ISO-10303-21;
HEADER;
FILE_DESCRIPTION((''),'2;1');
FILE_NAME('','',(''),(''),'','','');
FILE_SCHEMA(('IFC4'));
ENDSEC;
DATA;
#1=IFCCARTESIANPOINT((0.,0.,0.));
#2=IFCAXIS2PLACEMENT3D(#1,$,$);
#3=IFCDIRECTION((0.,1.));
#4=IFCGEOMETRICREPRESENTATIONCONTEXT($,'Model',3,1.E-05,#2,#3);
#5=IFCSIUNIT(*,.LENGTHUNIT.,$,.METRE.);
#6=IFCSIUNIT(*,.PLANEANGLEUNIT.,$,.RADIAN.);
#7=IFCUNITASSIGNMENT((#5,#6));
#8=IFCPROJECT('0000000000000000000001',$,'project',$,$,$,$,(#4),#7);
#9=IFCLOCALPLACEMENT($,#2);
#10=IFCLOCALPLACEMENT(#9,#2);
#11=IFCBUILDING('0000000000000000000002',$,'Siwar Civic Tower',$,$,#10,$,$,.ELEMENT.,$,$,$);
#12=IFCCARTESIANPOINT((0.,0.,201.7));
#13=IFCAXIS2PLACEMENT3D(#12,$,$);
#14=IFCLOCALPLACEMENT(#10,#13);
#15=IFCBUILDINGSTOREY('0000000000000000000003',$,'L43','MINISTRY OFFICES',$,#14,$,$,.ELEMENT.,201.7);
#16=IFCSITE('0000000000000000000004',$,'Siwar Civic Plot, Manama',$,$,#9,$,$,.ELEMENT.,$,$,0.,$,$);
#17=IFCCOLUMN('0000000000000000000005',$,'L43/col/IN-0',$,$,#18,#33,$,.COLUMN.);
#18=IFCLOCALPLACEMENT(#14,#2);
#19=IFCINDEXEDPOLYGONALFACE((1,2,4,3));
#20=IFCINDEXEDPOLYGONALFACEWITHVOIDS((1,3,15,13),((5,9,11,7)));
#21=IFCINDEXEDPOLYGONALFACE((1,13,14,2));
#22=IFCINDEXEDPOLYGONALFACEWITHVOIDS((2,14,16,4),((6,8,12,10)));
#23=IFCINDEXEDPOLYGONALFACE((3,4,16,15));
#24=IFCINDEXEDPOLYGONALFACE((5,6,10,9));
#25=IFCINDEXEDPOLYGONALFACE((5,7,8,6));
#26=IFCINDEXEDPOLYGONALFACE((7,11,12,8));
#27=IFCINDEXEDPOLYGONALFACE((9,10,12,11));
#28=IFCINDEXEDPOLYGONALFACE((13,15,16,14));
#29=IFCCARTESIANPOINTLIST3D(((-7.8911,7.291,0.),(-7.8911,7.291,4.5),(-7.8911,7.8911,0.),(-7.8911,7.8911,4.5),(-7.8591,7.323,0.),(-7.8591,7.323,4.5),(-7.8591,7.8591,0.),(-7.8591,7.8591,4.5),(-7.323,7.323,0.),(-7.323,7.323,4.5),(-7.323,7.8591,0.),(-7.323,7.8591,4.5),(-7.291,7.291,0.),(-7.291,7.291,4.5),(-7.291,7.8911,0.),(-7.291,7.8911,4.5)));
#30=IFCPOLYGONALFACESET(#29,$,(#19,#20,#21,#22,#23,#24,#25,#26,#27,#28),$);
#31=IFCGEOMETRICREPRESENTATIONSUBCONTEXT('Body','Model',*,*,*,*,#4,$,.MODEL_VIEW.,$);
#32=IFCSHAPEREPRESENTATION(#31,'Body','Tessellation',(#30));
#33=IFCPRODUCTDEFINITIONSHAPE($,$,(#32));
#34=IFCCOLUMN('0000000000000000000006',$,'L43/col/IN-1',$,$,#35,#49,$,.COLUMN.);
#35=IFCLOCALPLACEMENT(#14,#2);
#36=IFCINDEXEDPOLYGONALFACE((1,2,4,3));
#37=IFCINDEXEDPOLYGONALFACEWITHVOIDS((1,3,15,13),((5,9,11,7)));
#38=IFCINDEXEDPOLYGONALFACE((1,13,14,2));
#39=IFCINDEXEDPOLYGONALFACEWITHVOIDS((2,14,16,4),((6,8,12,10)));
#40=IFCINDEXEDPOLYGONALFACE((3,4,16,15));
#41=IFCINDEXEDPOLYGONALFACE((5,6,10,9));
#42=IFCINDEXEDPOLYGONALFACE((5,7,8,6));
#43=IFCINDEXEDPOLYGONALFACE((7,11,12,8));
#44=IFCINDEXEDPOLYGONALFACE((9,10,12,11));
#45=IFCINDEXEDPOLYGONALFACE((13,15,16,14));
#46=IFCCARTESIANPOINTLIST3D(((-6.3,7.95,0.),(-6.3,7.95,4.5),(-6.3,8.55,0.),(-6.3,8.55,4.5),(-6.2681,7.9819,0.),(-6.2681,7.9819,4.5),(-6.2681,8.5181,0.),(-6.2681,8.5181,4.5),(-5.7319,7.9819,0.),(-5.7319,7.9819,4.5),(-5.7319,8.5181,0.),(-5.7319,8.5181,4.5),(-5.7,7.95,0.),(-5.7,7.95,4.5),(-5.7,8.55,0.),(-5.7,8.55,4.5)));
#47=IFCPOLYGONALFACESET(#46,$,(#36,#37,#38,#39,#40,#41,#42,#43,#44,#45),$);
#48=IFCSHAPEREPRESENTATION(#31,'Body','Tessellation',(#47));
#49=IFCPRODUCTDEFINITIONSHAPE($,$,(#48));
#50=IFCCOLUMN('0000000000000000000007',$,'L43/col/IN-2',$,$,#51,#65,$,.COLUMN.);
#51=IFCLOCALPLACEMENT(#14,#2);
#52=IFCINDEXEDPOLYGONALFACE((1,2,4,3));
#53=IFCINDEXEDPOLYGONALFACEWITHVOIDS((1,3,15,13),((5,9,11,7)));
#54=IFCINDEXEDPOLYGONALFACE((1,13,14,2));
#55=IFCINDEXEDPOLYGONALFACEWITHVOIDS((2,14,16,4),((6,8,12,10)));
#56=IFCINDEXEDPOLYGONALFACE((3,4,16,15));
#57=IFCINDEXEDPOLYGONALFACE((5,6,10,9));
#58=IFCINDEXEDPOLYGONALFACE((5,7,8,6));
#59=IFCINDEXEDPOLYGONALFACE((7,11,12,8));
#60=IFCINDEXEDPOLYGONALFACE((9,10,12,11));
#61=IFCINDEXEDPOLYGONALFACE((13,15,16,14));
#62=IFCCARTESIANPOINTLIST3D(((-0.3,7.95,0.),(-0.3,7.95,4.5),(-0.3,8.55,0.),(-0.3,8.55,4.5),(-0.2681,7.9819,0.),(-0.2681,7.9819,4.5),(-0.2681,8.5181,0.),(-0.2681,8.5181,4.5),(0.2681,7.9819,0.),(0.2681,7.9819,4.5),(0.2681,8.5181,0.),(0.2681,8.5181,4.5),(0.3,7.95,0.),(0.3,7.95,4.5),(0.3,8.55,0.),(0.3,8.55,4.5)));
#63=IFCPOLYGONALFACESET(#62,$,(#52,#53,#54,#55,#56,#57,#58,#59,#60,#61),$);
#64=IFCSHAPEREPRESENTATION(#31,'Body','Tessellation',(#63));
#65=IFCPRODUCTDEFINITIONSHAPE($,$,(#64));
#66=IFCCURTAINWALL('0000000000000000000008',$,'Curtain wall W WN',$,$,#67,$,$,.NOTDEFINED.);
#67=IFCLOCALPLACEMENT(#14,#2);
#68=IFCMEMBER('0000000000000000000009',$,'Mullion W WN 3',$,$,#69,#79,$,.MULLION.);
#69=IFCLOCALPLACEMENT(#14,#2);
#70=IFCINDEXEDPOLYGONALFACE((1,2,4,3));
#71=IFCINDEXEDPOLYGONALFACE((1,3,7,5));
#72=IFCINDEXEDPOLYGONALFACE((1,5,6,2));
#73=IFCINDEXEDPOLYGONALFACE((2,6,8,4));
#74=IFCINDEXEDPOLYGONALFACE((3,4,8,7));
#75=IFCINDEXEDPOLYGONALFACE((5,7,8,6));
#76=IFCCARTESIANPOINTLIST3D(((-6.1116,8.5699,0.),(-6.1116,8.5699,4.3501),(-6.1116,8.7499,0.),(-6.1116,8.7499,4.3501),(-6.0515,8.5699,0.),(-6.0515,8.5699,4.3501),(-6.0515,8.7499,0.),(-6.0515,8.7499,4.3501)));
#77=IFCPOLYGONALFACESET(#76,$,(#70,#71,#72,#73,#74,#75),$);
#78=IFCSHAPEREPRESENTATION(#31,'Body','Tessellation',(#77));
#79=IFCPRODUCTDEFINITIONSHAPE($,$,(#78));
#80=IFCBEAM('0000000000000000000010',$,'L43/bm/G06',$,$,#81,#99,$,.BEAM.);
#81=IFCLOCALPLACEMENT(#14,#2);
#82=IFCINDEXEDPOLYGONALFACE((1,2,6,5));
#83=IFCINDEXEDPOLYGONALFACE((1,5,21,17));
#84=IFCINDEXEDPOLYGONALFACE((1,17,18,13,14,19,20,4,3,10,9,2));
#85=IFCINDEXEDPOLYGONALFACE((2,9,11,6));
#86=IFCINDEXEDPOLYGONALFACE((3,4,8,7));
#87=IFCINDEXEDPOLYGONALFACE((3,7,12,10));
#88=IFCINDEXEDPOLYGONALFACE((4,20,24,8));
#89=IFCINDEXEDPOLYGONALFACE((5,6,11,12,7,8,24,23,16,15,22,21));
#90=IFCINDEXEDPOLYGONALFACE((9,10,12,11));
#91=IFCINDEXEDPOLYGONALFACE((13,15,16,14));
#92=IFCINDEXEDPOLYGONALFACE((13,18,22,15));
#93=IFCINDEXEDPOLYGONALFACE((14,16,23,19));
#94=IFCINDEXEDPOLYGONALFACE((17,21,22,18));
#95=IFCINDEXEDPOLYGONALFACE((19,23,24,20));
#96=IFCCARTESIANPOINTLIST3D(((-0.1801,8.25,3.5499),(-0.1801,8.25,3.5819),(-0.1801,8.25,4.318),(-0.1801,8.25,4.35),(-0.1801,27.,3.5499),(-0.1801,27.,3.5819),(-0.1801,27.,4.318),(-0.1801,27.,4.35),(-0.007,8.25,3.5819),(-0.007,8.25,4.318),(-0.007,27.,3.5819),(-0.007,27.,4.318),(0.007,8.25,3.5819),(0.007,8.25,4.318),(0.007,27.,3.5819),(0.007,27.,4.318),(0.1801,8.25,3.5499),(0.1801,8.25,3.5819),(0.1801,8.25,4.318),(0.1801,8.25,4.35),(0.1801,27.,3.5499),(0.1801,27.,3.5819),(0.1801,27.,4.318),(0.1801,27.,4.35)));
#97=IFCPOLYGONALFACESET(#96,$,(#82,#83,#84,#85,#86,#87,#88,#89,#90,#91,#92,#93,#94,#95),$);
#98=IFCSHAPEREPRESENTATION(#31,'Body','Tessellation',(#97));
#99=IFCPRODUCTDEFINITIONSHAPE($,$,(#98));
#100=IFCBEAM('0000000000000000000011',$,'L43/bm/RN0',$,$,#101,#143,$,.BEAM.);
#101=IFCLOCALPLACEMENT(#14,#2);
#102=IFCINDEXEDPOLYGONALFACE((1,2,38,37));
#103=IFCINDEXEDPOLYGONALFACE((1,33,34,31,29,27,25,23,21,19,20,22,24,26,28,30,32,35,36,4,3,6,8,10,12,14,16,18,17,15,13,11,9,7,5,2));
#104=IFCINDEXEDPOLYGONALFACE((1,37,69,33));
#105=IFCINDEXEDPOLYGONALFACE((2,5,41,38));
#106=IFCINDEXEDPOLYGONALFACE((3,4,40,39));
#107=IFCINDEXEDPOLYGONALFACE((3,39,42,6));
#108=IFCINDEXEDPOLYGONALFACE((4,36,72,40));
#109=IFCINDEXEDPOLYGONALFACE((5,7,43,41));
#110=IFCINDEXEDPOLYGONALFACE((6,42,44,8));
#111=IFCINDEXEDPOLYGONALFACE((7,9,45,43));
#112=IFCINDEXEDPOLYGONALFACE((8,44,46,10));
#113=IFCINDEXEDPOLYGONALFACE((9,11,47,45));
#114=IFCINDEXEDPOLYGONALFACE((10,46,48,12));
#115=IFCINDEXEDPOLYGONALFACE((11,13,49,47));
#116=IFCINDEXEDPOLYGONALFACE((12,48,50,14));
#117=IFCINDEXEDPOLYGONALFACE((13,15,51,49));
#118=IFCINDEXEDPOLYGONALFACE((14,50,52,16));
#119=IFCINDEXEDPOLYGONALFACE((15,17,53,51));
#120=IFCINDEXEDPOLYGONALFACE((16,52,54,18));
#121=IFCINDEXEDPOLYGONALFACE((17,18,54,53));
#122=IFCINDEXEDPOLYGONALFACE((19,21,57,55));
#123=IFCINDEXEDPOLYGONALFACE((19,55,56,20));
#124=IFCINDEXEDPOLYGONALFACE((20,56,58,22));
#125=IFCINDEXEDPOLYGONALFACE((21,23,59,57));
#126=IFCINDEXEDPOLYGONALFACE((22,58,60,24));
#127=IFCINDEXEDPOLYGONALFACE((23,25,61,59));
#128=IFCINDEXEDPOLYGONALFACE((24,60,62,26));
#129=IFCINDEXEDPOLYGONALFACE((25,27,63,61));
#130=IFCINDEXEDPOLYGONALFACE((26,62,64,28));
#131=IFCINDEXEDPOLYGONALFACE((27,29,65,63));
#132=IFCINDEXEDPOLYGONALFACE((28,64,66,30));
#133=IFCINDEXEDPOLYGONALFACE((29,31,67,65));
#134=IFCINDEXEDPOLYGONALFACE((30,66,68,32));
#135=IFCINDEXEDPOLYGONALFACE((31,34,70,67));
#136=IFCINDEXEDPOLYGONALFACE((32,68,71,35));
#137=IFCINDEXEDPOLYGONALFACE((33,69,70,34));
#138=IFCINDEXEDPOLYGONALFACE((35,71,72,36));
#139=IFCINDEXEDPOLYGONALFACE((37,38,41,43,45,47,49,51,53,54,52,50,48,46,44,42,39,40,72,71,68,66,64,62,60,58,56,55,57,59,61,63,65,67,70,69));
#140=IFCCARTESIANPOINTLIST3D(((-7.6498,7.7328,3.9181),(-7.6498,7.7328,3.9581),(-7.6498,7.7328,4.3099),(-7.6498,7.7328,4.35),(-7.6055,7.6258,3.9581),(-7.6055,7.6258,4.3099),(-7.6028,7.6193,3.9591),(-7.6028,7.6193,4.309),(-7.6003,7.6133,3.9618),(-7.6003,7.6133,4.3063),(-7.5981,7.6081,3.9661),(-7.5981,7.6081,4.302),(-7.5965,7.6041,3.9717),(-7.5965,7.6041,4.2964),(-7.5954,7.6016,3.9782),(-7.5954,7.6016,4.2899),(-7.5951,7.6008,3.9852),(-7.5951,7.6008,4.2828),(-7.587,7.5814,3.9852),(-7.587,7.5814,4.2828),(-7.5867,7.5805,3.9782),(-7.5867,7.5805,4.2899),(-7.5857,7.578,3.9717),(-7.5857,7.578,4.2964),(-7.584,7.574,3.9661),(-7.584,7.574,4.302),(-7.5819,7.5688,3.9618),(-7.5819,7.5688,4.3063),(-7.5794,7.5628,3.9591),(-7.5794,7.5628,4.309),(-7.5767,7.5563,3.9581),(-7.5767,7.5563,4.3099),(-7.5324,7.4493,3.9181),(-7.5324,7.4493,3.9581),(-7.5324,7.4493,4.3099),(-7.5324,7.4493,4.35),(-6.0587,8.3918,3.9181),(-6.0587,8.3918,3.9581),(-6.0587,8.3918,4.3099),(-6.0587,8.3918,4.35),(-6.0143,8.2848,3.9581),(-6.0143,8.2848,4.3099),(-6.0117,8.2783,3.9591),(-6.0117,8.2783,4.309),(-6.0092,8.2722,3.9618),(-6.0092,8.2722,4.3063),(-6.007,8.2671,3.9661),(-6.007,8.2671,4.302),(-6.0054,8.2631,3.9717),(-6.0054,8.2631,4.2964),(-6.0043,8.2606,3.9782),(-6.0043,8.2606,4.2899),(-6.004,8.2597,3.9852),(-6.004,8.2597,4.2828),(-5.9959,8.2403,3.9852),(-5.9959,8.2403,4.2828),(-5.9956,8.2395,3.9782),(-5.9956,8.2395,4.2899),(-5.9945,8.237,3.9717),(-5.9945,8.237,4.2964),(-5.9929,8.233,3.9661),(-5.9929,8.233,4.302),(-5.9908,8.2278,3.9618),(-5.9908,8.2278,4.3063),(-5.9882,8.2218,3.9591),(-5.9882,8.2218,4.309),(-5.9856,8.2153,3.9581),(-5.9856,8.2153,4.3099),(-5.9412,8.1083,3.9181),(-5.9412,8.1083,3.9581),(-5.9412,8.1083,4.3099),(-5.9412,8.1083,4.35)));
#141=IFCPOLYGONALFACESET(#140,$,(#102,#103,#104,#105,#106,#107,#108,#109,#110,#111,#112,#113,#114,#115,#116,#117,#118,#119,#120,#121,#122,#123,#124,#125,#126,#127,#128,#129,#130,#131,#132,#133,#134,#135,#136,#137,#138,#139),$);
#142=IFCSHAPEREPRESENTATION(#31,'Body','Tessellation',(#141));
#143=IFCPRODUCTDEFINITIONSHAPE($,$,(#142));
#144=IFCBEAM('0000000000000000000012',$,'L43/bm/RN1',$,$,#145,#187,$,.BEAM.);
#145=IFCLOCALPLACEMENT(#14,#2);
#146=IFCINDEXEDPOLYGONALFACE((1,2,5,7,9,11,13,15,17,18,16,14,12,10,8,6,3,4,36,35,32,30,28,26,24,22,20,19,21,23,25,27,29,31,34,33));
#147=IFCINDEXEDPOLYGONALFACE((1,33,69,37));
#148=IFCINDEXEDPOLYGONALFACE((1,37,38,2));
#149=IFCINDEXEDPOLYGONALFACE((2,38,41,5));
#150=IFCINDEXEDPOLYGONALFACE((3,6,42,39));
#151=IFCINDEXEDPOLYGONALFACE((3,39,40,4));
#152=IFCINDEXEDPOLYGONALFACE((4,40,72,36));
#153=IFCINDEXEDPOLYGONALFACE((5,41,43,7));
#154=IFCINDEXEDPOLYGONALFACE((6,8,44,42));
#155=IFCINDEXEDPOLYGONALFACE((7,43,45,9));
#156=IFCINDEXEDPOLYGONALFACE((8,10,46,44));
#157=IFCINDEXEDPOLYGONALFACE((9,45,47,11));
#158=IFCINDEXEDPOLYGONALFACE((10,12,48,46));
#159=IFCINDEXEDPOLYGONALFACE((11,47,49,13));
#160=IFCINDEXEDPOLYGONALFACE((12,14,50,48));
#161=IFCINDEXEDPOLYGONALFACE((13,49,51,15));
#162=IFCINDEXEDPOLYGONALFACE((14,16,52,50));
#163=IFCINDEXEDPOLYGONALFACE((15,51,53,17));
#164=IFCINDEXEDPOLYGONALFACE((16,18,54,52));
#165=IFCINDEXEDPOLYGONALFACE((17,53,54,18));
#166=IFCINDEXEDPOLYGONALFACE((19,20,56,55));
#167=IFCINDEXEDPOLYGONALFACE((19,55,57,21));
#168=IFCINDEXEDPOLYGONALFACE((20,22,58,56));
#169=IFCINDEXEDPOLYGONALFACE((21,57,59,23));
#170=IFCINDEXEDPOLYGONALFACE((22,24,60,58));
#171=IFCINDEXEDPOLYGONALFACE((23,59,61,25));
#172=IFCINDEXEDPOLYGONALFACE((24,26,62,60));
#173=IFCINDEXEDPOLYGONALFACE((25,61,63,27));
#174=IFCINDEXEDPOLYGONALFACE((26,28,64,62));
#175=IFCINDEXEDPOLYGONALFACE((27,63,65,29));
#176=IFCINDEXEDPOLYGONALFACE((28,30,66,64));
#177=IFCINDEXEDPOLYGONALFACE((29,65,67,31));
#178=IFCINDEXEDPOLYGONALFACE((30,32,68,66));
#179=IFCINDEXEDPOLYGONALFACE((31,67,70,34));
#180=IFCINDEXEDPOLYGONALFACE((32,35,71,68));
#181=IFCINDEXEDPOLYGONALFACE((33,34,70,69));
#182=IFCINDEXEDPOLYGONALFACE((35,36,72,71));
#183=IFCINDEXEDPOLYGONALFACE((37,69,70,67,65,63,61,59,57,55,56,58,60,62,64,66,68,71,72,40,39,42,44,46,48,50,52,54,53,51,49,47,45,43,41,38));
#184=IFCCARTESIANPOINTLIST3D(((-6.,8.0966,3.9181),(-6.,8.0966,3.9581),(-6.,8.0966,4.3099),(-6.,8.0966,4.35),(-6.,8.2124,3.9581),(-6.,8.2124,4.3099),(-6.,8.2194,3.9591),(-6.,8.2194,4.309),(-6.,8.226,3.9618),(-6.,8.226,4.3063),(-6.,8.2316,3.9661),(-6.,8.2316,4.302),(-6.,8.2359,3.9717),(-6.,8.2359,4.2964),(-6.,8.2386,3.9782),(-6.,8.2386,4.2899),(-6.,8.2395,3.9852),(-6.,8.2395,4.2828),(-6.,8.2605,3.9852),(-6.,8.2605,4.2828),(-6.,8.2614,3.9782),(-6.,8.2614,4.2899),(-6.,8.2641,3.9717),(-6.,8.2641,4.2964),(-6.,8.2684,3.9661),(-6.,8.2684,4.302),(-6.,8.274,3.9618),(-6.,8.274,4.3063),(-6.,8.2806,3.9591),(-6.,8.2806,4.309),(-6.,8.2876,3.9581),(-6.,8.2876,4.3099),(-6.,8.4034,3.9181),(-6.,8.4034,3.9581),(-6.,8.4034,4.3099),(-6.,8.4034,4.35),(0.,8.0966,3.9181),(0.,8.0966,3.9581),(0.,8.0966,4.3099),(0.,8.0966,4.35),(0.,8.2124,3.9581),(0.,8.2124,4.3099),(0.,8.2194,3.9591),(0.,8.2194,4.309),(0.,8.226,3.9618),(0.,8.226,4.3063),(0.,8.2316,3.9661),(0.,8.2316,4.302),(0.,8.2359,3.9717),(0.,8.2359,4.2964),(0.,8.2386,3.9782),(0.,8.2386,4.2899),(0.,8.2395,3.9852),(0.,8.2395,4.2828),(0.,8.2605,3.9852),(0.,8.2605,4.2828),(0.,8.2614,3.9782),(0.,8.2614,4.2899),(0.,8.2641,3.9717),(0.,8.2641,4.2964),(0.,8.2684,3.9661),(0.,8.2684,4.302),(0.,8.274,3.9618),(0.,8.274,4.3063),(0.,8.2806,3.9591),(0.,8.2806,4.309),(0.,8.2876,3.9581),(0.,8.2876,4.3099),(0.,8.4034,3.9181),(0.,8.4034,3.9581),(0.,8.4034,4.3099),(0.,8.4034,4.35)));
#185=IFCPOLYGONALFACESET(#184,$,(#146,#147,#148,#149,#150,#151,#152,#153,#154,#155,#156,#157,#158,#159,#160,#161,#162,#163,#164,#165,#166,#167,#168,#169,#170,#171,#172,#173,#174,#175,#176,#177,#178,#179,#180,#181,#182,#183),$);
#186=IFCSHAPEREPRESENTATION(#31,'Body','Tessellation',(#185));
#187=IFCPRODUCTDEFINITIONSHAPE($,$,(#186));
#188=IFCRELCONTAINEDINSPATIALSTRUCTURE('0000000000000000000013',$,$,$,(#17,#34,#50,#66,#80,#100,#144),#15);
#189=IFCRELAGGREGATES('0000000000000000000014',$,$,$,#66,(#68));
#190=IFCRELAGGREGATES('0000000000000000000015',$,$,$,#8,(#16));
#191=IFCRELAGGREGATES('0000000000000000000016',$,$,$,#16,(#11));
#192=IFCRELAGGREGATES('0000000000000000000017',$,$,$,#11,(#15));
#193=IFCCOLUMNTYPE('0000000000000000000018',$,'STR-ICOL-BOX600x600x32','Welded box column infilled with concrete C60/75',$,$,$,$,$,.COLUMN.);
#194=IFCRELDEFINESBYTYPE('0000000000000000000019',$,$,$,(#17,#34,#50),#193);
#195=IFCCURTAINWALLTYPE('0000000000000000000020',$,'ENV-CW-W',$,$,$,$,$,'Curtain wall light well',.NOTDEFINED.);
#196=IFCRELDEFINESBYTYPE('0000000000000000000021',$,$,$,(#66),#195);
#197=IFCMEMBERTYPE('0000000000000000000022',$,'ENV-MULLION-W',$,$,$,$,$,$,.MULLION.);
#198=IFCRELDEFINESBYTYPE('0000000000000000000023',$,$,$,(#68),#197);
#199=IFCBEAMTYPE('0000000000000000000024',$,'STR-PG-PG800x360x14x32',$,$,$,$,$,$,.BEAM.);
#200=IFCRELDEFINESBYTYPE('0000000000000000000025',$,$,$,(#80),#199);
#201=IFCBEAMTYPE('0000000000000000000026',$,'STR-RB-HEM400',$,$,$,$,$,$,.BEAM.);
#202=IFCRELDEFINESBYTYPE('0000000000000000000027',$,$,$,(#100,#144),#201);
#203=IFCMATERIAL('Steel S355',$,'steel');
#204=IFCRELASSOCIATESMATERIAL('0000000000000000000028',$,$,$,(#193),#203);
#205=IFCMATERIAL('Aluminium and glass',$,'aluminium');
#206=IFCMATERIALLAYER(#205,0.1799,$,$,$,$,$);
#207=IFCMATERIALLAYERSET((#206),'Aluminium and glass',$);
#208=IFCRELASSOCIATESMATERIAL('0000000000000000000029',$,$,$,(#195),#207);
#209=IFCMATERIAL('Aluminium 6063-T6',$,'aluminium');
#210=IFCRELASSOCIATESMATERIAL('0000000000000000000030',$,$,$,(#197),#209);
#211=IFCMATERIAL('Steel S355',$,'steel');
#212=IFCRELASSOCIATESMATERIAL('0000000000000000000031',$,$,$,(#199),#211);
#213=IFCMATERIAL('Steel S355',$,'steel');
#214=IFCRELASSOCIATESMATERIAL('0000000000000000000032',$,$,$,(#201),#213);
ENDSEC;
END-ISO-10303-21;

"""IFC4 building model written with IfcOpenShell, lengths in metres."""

from ifc_helpers import new_model, si_unit, direction, frame, origin, origin_2d, place, context, subcontext, project, spatial, rectangle, hollow_rectangle, i_section, extrude, material, layer, layer_set, material_profile, profile_set, type_object, element, aggregate, save


model = new_model("IFC4")

# Units and contexts
model_context = context("Model", 3, precision=1e-05, world=origin(), true_north=direction((0.0, 1.0)))
body_context = subcontext(model_context, "Body", "Model", "MODEL_VIEW")
ifc_project = project(units=[si_unit("LENGTHUNIT", "METRE"), si_unit("PLANEANGLEUNIT", "RADIAN")], contexts=[model_context])

# Site, building, storey
site_placement = place(None, origin())
site = spatial("IfcSite", under=ifc_project, at=site_placement, Name="Siwar Civic Plot, Manama", CompositionType="ELEMENT", RefElevation=0.0)
building_placement = place(site_placement, origin())
building = spatial("IfcBuilding", under=site, at=building_placement, Name="Siwar Civic Tower", CompositionType="ELEMENT")
storey_placement = place(building_placement, frame((0.0, 0.0, 201.7)))
storey = spatial("IfcBuildingStorey", under=building, at=storey_placement, Name="L43", Description="MINISTRY OFFICES", CompositionType="ELEMENT", Elevation=201.7)

# Columns
ifc_material_1 = material(Name="Steel S355", Category="steel")
ifc_material_profile_1 = material_profile(ifc_material_1, hollow_rectangle(XDim=0.6001, YDim=0.6001, WallThickness=0.032, at=origin_2d()), Name="BOX600x600x32")
ifc_profile_set_1 = profile_set([ifc_material_profile_1], Name="Steel S355")
column_type = type_object("IfcColumnType", Name="STR-ICOL-BOX600x600x32", Description="Welded box column infilled with concrete C60/75", PredefinedType="COLUMN", material=ifc_profile_set_1)
for number, where, z_axis, x_axis, name in (
    (1, (-7.5911, 7.5911, 0.0), (0.0, 0.0, 1.0), (1.0, 0.0, 0.0), "L43/col/IN-0"),
    (2, (-6.0, 8.25, 0.0), (0.0, 0.0, 1.0), (1.0, 0.0, 0.0), "L43/col/IN-1"),
    (3, (0.0, 8.25, 0.0), (0.0, 0.0, 1.0), (1.0, 0.0, 0.0), "L43/col/IN-2"),
):
    element("IfcColumn", number, at=place(storey_placement, frame(where, z_axis=z_axis, x_axis=x_axis)), inside=storey, type_object=column_type, Name=name, PredefinedType="COLUMN", context=body_context, shape_type="SweptSolid", body=[
        extrude(hollow_rectangle(XDim=0.6001, YDim=0.6001, WallThickness=0.032, at=origin_2d()), origin(), (0.0, 0.0, 1.0), 4.5),
    ])

# Curtain wall, member
ifc_material_2 = material(Name="Aluminium and glass", Category="aluminium")
ifc_layer_1 = layer(ifc_material_2, 0.1799)
ifc_layer_set_1 = layer_set([ifc_layer_1], Name="Aluminium and glass")
curtain_wall_type = type_object("IfcCurtainWallType", Name="ENV-CW-W", ElementType="Curtain wall light well", PredefinedType="NOTDEFINED", material=ifc_layer_set_1)
curtain_wall_placement = place(storey_placement, origin())
curtain_wall = element("IfcCurtainWall", 4, at=curtain_wall_placement, inside=storey, type_object=curtain_wall_type, Name="Curtain wall W WN", PredefinedType="NOTDEFINED")
ifc_material_3 = material(Name="Aluminium 6063-T6", Category="aluminium")
ifc_material_profile_2 = material_profile(ifc_material_3, rectangle(XDim=0.1799, YDim=0.0601, at=origin_2d()), Name="AL 180x60")
ifc_profile_set_2 = profile_set([ifc_material_profile_2], Name="Aluminium 6063-T6")
member_type = type_object("IfcMemberType", Name="ENV-MULLION-W", PredefinedType="MULLION", material=ifc_profile_set_2)
member_placement = place(storey_placement, frame((-6.0815, 8.6599, 0.0), z_axis=(0.0, 0.0, 1.0), x_axis=(0.0, -1.0, 0.0)))
member = element("IfcMember", 5, at=member_placement, type_object=member_type, Name="Mullion W WN 3", PredefinedType="MULLION", context=body_context, shape_type="SweptSolid", body=[
    extrude(rectangle(XDim=0.1799, YDim=0.0601, at=origin_2d()), origin(), (0.0, 0.0, 1.0), 4.3501),
])

# Beams
ifc_material_4 = material(Name="Steel S355", Category="steel")
ifc_material_profile_3 = material_profile(ifc_material_4, i_section(OverallWidth=0.3601, OverallDepth=0.8, WebThickness=0.0139, FlangeThickness=0.032, at=origin_2d()), Name="PG800x360x14x32")
ifc_profile_set_3 = profile_set([ifc_material_profile_3], Name="Steel S355")
beam_type_1 = type_object("IfcBeamType", Name="STR-PG-PG800x360x14x32", PredefinedType="BEAM", material=ifc_profile_set_3)
beam_1_placement = place(storey_placement, frame((0.0, 8.25, 3.95), z_axis=(0.0, 1.0, 0.0), x_axis=(-1.0, 0.0, 0.0)))
element("IfcBeam", 6, at=beam_1_placement, inside=storey, type_object=beam_type_1, Name="L43/bm/G06", PredefinedType="BEAM", context=body_context, shape_type="SweptSolid", body=[
    extrude(i_section(OverallWidth=0.3601, OverallDepth=0.8, WebThickness=0.0139, FlangeThickness=0.032, at=origin_2d()), origin(), (0.0, 0.0, 1.0), 18.75),
])
ifc_material_5 = material(Name="Steel S355", Category="steel")
ifc_material_profile_4 = material_profile(ifc_material_5, i_section(OverallWidth=0.3069, OverallDepth=0.4319, WebThickness=0.021, FlangeThickness=0.04, FilletRadius=0.0271, at=origin_2d()), Name="HEM400")
ifc_profile_set_4 = profile_set([ifc_material_profile_4], Name="Steel S355")
beam_type_2 = type_object("IfcBeamType", Name="STR-RB-HEM400", PredefinedType="BEAM", material=ifc_profile_set_4)
beam_2_placement = place(storey_placement, frame((-7.5911, 7.5911, 4.134), z_axis=(0.923901, 0.382631, 0.0), x_axis=(-0.382631, 0.923901, 0.0)))
element("IfcBeam", 7, at=beam_2_placement, inside=storey, type_object=beam_type_2, Name="L43/bm/RN0", PredefinedType="BEAM", context=body_context, shape_type="SweptSolid", body=[
    extrude(i_section(OverallWidth=0.3069, OverallDepth=0.4319, WebThickness=0.021, FlangeThickness=0.04, FilletRadius=0.0271, at=origin_2d()), origin(), (0.0, 0.0, 1.0), 1.7222),
])
for number, where, z_axis, x_axis, name in (
    (8, (-6.0, 8.25, 4.134), (1.0, 0.0, 0.0), (0.0, 1.0, 0.0), "L43/bm/RN1"),
):
    element("IfcBeam", number, at=place(storey_placement, frame(where, z_axis=z_axis, x_axis=x_axis)), inside=storey, type_object=beam_type_2, Name=name, PredefinedType="BEAM", context=body_context, shape_type="SweptSolid", body=[
        extrude(i_section(OverallWidth=0.3069, OverallDepth=0.4319, WebThickness=0.021, FlangeThickness=0.04, FilletRadius=0.0271, at=origin_2d()), origin(), (0.0, 0.0, 1.0), 6.0),
    ])

aggregate(curtain_wall, [member])

save(model, "model.ifc")
